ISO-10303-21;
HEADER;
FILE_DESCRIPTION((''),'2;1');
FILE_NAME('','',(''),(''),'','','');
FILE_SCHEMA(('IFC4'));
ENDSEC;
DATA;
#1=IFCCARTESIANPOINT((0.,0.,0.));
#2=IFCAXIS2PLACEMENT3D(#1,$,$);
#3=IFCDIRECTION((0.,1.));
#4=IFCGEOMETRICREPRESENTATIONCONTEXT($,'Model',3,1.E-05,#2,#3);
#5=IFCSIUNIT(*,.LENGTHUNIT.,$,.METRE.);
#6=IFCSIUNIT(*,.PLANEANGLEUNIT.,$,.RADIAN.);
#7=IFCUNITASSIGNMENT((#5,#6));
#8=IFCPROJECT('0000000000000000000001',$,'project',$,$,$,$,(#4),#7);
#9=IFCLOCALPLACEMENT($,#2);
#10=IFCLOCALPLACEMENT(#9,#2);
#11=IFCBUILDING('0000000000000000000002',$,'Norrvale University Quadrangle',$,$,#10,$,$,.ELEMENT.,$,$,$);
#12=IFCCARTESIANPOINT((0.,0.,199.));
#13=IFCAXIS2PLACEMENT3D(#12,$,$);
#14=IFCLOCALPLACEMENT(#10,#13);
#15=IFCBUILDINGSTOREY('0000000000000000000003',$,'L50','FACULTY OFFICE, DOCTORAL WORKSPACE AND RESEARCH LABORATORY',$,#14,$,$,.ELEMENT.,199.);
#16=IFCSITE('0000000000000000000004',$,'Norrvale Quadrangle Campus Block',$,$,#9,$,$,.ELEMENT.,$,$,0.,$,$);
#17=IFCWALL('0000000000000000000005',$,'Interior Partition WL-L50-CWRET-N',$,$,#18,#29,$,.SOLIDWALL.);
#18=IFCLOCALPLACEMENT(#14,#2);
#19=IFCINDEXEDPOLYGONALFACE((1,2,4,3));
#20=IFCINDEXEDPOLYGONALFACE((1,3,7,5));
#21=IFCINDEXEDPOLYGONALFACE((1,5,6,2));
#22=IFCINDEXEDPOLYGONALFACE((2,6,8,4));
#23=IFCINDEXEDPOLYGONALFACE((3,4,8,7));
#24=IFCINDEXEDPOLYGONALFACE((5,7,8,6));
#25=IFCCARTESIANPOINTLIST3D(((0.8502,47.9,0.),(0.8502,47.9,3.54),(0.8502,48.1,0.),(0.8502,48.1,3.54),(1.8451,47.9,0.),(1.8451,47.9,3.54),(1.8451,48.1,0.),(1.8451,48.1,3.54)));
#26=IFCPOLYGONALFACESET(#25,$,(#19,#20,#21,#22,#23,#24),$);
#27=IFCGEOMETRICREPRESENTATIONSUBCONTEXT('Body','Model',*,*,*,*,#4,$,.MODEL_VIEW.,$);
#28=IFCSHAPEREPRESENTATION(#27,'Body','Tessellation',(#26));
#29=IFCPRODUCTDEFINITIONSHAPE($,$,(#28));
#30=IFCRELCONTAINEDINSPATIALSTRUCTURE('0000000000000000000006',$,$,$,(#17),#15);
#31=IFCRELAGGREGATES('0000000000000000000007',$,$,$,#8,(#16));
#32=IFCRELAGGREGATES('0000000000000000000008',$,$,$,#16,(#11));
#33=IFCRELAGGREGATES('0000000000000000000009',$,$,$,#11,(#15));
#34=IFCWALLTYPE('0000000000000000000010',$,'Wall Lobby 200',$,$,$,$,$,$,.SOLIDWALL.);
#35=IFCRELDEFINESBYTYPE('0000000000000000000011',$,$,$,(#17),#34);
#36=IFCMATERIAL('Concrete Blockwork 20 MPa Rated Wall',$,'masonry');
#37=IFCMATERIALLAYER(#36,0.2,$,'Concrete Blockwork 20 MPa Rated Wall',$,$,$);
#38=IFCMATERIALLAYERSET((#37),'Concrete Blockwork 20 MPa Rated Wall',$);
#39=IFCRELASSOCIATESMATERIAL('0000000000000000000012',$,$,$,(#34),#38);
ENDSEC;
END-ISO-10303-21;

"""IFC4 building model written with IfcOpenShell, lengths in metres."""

from ifc_helpers import new_model, si_unit, direction, frame, frame_2d, origin, place, context, subcontext, project, spatial, rectangle, extrude, material, layer, layer_set, type_object, element, save


model = new_model("IFC4")

# Units and contexts
model_context = context("Model", 3, precision=1e-05, world=origin(), true_north=direction((0.0, 1.0)))
body_context = subcontext(model_context, "Body", "Model", "MODEL_VIEW")
ifc_project = project(units=[si_unit("LENGTHUNIT", "METRE"), si_unit("PLANEANGLEUNIT", "RADIAN")], contexts=[model_context])

# Site, building, storey
site_placement = place(None, origin())
site = spatial("IfcSite", under=ifc_project, at=site_placement, Name="Norrvale Quadrangle Campus Block", CompositionType="ELEMENT", RefElevation=0.0)
building_placement = place(site_placement, origin())
building = spatial("IfcBuilding", under=site, at=building_placement, Name="Norrvale University Quadrangle", CompositionType="ELEMENT")
storey_placement = place(building_placement, frame((0.0, 0.0, 199.0)))
storey = spatial("IfcBuildingStorey", under=building, at=storey_placement, Name="L50", Description="FACULTY OFFICE, DOCTORAL WORKSPACE AND RESEARCH LABORATORY", CompositionType="ELEMENT", Elevation=199.0)

# Wall
ifc_material_1 = material(Name="Concrete Blockwork 20 MPa Rated Wall", Category="masonry")
ifc_layer_1 = layer(ifc_material_1, 0.2, Name="Concrete Blockwork 20 MPa Rated Wall")
ifc_layer_set_1 = layer_set([ifc_layer_1], Name="Concrete Blockwork 20 MPa Rated Wall")
wall_type_1 = type_object("IfcWallType", Name="Wall Lobby 200", PredefinedType="SOLIDWALL", material=ifc_layer_set_1)
wall_1_placement = place(storey_placement, frame((0.8501, 48.0, 0.0), z_axis=(0.0, 0.0, 1.0), x_axis=(1.0, 0.0, 0.0)))
element("IfcWall", 1, at=wall_1_placement, inside=storey, type_object=wall_type_1, Name="Interior Partition WL-L50-CWRET-N", PredefinedType="SOLIDWALL", context=body_context, shape_type="SweptSolid", body=[
    extrude(rectangle(XDim=0.9949, YDim=0.2, at=frame_2d((0.4976, 0.0))), origin(), (0.0, 0.0, 1.0), 3.54),
])

save(model, "model.ifc")
